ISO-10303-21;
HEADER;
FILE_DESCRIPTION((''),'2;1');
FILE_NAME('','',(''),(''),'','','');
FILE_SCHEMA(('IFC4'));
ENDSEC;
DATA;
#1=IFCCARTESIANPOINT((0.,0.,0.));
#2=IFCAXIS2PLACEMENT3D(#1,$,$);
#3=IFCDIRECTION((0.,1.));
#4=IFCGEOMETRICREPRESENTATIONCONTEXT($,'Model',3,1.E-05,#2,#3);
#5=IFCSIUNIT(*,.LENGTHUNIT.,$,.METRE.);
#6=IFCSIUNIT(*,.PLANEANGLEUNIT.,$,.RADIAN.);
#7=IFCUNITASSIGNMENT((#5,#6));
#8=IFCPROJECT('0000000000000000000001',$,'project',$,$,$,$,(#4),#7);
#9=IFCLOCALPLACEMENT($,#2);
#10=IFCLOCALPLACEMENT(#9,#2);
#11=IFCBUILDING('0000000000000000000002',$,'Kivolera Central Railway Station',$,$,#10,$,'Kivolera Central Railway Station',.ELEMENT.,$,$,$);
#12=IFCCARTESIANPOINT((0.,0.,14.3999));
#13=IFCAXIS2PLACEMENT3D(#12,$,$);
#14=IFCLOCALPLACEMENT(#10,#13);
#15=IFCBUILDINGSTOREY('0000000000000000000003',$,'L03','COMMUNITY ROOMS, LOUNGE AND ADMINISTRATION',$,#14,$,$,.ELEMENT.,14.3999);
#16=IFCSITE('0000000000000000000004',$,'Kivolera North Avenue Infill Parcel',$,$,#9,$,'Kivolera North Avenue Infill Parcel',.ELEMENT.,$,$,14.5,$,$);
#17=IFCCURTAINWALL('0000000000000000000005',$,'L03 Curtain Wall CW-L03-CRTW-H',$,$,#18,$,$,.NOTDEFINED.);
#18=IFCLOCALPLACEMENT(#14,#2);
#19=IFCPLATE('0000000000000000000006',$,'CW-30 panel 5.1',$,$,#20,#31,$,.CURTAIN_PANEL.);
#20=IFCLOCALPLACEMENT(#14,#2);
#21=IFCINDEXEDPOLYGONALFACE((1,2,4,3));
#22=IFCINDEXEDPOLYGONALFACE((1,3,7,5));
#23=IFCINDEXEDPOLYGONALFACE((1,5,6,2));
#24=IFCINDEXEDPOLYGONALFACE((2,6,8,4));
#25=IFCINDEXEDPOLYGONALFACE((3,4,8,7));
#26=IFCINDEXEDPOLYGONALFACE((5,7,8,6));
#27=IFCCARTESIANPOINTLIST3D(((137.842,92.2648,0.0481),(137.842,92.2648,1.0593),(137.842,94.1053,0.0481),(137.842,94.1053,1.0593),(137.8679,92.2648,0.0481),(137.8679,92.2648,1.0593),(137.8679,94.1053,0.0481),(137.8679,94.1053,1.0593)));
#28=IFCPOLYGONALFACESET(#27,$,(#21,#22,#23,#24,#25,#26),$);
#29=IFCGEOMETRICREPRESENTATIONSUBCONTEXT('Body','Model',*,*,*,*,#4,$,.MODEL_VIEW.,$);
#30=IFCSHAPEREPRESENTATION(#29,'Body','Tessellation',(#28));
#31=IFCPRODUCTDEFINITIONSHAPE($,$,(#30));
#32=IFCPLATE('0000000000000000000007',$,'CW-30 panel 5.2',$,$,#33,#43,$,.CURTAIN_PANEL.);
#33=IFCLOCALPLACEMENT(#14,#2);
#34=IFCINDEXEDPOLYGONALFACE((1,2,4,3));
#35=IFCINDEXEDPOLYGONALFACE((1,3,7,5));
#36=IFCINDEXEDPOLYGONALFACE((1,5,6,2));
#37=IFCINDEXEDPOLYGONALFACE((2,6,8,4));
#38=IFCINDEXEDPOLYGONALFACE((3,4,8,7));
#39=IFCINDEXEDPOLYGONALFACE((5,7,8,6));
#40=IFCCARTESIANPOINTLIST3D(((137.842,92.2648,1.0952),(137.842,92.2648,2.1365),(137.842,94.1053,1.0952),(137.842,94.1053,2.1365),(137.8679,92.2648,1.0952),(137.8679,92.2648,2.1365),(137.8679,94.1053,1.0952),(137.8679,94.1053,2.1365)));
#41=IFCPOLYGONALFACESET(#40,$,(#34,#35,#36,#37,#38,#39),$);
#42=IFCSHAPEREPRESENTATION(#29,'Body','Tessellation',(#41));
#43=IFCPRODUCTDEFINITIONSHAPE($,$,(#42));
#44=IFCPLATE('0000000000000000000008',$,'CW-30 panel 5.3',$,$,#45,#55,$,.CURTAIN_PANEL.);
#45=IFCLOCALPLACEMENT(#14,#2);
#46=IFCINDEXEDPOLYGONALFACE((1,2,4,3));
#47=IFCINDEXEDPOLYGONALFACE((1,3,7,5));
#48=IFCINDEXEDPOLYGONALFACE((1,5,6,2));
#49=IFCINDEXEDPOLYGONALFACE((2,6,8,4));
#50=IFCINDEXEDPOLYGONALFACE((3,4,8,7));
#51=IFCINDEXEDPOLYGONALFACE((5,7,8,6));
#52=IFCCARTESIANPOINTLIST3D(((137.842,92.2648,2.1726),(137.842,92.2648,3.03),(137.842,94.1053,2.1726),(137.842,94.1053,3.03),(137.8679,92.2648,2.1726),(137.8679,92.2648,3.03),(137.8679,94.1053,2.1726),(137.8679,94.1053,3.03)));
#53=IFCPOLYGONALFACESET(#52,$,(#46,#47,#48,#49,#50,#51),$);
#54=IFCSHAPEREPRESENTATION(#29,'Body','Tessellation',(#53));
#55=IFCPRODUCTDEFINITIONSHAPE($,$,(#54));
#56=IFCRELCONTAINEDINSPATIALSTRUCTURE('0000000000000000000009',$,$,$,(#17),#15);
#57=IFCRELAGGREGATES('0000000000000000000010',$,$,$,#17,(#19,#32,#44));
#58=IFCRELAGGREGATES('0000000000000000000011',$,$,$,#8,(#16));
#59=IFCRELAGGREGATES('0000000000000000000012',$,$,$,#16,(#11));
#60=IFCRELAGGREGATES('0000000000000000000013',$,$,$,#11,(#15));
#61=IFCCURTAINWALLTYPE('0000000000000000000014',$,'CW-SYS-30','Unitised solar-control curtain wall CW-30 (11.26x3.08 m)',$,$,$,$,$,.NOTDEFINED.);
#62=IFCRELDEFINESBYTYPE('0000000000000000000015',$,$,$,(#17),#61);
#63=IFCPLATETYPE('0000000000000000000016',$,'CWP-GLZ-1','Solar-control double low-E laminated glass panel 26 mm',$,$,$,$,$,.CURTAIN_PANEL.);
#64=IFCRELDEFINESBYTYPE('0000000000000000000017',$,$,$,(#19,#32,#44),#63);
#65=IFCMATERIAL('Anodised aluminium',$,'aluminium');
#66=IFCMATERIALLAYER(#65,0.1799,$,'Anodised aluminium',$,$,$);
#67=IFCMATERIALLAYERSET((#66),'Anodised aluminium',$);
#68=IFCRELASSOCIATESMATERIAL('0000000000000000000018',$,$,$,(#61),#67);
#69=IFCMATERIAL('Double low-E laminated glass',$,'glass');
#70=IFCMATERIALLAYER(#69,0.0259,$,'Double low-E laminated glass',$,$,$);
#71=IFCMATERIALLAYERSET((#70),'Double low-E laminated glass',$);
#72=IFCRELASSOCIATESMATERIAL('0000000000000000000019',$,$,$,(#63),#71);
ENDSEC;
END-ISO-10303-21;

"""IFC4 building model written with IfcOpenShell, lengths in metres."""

from ifc_helpers import new_model, si_unit, direction, frame, origin, origin_2d, place, context, subcontext, project, spatial, rectangle, extrude, material, layer, layer_set, type_object, element, aggregate, save


model = new_model("IFC4")

# Units and contexts
model_context = context("Model", 3, precision=1e-05, world=origin(), true_north=direction((0.0, 1.0)))
body_context = subcontext(model_context, "Body", "Model", "MODEL_VIEW")
ifc_project = project(units=[si_unit("LENGTHUNIT", "METRE"), si_unit("PLANEANGLEUNIT", "RADIAN")], contexts=[model_context])

# Site, building, storey
site_placement = place(None, origin())
site = spatial("IfcSite", under=ifc_project, at=site_placement, Name="Kivolera North Avenue Infill Parcel", LongName="Kivolera North Avenue Infill Parcel", CompositionType="ELEMENT", RefElevation=14.5)
building_placement = place(site_placement, origin())
building = spatial("IfcBuilding", under=site, at=building_placement, Name="Kivolera Central Railway Station", LongName="Kivolera Central Railway Station", CompositionType="ELEMENT")
storey_placement = place(building_placement, frame((0.0, 0.0, 14.3999)))
storey = spatial("IfcBuildingStorey", under=building, at=storey_placement, Name="L03", Description="COMMUNITY ROOMS, LOUNGE AND ADMINISTRATION", CompositionType="ELEMENT", Elevation=14.3999)

# Curtain wall, plates
ifc_material_1 = material(Name="Anodised aluminium", Category="aluminium")
ifc_layer_1 = layer(ifc_material_1, 0.1799, Name="Anodised aluminium")
ifc_layer_set_1 = layer_set([ifc_layer_1], Name="Anodised aluminium")
curtain_wall_type = type_object("IfcCurtainWallType", Name="CW-SYS-30", Description="Unitised solar-control curtain wall CW-30 (11.26x3.08 m)", PredefinedType="NOTDEFINED", material=ifc_layer_set_1)
curtain_wall_placement = place(storey_placement, origin())
curtain_wall = element("IfcCurtainWall", 1, at=curtain_wall_placement, inside=storey, type_object=curtain_wall_type, Name="L03 Curtain Wall CW-L03-CRTW-H", PredefinedType="NOTDEFINED")
ifc_material_2 = material(Name="Double low-E laminated glass", Category="glass")
ifc_layer_2 = layer(ifc_material_2, 0.0259, Name="Double low-E laminated glass")
ifc_layer_set_2 = layer_set([ifc_layer_2], Name="Double low-E laminated glass")
plate_type = type_object("IfcPlateType", Name="CWP-GLZ-1", Description="Solar-control double low-E laminated glass panel 26 mm", PredefinedType="CURTAIN_PANEL", material=ifc_layer_set_2)
plate_1_placement = place(storey_placement, frame((137.855, 93.1851, 0.0481), z_axis=(0.0, 0.0, 1.0), x_axis=(0.0, -1.0, 0.0)))
plate_1 = element("IfcPlate", 2, at=plate_1_placement, type_object=plate_type, Name="CW-30 panel 5.1", PredefinedType="CURTAIN_PANEL", context=body_context, shape_type="SweptSolid", body=[
    extrude(rectangle(XDim=1.8406, YDim=0.0259, at=origin_2d()), origin(), (0.0, 0.0, 1.0), 1.0112),
])
plate_2_placement = place(storey_placement, frame((137.855, 93.1851, 1.0952), z_axis=(0.0, 0.0, 1.0), x_axis=(0.0, -1.0, 0.0)))
plate_2 = element("IfcPlate", 3, at=plate_2_placement, type_object=plate_type, Name="CW-30 panel 5.2", PredefinedType="CURTAIN_PANEL", context=body_context, shape_type="SweptSolid", body=[
    extrude(rectangle(XDim=1.8406, YDim=0.0259, at=origin_2d()), origin(), (0.0, 0.0, 1.0), 1.0413),
])
plate_3_placement = place(storey_placement, frame((137.855, 93.1851, 2.1726), z_axis=(0.0, 0.0, 1.0), x_axis=(0.0, -1.0, 0.0)))
plate_3 = element("IfcPlate", 4, at=plate_3_placement, type_object=plate_type, Name="CW-30 panel 5.3", PredefinedType="CURTAIN_PANEL", context=body_context, shape_type="SweptSolid", body=[
    extrude(rectangle(XDim=1.8406, YDim=0.0259, at=origin_2d()), origin(), (0.0, 0.0, 1.0), 0.8574),
])
aggregate(curtain_wall, [plate_1, plate_2, plate_3])

save(model, "model.ifc")
